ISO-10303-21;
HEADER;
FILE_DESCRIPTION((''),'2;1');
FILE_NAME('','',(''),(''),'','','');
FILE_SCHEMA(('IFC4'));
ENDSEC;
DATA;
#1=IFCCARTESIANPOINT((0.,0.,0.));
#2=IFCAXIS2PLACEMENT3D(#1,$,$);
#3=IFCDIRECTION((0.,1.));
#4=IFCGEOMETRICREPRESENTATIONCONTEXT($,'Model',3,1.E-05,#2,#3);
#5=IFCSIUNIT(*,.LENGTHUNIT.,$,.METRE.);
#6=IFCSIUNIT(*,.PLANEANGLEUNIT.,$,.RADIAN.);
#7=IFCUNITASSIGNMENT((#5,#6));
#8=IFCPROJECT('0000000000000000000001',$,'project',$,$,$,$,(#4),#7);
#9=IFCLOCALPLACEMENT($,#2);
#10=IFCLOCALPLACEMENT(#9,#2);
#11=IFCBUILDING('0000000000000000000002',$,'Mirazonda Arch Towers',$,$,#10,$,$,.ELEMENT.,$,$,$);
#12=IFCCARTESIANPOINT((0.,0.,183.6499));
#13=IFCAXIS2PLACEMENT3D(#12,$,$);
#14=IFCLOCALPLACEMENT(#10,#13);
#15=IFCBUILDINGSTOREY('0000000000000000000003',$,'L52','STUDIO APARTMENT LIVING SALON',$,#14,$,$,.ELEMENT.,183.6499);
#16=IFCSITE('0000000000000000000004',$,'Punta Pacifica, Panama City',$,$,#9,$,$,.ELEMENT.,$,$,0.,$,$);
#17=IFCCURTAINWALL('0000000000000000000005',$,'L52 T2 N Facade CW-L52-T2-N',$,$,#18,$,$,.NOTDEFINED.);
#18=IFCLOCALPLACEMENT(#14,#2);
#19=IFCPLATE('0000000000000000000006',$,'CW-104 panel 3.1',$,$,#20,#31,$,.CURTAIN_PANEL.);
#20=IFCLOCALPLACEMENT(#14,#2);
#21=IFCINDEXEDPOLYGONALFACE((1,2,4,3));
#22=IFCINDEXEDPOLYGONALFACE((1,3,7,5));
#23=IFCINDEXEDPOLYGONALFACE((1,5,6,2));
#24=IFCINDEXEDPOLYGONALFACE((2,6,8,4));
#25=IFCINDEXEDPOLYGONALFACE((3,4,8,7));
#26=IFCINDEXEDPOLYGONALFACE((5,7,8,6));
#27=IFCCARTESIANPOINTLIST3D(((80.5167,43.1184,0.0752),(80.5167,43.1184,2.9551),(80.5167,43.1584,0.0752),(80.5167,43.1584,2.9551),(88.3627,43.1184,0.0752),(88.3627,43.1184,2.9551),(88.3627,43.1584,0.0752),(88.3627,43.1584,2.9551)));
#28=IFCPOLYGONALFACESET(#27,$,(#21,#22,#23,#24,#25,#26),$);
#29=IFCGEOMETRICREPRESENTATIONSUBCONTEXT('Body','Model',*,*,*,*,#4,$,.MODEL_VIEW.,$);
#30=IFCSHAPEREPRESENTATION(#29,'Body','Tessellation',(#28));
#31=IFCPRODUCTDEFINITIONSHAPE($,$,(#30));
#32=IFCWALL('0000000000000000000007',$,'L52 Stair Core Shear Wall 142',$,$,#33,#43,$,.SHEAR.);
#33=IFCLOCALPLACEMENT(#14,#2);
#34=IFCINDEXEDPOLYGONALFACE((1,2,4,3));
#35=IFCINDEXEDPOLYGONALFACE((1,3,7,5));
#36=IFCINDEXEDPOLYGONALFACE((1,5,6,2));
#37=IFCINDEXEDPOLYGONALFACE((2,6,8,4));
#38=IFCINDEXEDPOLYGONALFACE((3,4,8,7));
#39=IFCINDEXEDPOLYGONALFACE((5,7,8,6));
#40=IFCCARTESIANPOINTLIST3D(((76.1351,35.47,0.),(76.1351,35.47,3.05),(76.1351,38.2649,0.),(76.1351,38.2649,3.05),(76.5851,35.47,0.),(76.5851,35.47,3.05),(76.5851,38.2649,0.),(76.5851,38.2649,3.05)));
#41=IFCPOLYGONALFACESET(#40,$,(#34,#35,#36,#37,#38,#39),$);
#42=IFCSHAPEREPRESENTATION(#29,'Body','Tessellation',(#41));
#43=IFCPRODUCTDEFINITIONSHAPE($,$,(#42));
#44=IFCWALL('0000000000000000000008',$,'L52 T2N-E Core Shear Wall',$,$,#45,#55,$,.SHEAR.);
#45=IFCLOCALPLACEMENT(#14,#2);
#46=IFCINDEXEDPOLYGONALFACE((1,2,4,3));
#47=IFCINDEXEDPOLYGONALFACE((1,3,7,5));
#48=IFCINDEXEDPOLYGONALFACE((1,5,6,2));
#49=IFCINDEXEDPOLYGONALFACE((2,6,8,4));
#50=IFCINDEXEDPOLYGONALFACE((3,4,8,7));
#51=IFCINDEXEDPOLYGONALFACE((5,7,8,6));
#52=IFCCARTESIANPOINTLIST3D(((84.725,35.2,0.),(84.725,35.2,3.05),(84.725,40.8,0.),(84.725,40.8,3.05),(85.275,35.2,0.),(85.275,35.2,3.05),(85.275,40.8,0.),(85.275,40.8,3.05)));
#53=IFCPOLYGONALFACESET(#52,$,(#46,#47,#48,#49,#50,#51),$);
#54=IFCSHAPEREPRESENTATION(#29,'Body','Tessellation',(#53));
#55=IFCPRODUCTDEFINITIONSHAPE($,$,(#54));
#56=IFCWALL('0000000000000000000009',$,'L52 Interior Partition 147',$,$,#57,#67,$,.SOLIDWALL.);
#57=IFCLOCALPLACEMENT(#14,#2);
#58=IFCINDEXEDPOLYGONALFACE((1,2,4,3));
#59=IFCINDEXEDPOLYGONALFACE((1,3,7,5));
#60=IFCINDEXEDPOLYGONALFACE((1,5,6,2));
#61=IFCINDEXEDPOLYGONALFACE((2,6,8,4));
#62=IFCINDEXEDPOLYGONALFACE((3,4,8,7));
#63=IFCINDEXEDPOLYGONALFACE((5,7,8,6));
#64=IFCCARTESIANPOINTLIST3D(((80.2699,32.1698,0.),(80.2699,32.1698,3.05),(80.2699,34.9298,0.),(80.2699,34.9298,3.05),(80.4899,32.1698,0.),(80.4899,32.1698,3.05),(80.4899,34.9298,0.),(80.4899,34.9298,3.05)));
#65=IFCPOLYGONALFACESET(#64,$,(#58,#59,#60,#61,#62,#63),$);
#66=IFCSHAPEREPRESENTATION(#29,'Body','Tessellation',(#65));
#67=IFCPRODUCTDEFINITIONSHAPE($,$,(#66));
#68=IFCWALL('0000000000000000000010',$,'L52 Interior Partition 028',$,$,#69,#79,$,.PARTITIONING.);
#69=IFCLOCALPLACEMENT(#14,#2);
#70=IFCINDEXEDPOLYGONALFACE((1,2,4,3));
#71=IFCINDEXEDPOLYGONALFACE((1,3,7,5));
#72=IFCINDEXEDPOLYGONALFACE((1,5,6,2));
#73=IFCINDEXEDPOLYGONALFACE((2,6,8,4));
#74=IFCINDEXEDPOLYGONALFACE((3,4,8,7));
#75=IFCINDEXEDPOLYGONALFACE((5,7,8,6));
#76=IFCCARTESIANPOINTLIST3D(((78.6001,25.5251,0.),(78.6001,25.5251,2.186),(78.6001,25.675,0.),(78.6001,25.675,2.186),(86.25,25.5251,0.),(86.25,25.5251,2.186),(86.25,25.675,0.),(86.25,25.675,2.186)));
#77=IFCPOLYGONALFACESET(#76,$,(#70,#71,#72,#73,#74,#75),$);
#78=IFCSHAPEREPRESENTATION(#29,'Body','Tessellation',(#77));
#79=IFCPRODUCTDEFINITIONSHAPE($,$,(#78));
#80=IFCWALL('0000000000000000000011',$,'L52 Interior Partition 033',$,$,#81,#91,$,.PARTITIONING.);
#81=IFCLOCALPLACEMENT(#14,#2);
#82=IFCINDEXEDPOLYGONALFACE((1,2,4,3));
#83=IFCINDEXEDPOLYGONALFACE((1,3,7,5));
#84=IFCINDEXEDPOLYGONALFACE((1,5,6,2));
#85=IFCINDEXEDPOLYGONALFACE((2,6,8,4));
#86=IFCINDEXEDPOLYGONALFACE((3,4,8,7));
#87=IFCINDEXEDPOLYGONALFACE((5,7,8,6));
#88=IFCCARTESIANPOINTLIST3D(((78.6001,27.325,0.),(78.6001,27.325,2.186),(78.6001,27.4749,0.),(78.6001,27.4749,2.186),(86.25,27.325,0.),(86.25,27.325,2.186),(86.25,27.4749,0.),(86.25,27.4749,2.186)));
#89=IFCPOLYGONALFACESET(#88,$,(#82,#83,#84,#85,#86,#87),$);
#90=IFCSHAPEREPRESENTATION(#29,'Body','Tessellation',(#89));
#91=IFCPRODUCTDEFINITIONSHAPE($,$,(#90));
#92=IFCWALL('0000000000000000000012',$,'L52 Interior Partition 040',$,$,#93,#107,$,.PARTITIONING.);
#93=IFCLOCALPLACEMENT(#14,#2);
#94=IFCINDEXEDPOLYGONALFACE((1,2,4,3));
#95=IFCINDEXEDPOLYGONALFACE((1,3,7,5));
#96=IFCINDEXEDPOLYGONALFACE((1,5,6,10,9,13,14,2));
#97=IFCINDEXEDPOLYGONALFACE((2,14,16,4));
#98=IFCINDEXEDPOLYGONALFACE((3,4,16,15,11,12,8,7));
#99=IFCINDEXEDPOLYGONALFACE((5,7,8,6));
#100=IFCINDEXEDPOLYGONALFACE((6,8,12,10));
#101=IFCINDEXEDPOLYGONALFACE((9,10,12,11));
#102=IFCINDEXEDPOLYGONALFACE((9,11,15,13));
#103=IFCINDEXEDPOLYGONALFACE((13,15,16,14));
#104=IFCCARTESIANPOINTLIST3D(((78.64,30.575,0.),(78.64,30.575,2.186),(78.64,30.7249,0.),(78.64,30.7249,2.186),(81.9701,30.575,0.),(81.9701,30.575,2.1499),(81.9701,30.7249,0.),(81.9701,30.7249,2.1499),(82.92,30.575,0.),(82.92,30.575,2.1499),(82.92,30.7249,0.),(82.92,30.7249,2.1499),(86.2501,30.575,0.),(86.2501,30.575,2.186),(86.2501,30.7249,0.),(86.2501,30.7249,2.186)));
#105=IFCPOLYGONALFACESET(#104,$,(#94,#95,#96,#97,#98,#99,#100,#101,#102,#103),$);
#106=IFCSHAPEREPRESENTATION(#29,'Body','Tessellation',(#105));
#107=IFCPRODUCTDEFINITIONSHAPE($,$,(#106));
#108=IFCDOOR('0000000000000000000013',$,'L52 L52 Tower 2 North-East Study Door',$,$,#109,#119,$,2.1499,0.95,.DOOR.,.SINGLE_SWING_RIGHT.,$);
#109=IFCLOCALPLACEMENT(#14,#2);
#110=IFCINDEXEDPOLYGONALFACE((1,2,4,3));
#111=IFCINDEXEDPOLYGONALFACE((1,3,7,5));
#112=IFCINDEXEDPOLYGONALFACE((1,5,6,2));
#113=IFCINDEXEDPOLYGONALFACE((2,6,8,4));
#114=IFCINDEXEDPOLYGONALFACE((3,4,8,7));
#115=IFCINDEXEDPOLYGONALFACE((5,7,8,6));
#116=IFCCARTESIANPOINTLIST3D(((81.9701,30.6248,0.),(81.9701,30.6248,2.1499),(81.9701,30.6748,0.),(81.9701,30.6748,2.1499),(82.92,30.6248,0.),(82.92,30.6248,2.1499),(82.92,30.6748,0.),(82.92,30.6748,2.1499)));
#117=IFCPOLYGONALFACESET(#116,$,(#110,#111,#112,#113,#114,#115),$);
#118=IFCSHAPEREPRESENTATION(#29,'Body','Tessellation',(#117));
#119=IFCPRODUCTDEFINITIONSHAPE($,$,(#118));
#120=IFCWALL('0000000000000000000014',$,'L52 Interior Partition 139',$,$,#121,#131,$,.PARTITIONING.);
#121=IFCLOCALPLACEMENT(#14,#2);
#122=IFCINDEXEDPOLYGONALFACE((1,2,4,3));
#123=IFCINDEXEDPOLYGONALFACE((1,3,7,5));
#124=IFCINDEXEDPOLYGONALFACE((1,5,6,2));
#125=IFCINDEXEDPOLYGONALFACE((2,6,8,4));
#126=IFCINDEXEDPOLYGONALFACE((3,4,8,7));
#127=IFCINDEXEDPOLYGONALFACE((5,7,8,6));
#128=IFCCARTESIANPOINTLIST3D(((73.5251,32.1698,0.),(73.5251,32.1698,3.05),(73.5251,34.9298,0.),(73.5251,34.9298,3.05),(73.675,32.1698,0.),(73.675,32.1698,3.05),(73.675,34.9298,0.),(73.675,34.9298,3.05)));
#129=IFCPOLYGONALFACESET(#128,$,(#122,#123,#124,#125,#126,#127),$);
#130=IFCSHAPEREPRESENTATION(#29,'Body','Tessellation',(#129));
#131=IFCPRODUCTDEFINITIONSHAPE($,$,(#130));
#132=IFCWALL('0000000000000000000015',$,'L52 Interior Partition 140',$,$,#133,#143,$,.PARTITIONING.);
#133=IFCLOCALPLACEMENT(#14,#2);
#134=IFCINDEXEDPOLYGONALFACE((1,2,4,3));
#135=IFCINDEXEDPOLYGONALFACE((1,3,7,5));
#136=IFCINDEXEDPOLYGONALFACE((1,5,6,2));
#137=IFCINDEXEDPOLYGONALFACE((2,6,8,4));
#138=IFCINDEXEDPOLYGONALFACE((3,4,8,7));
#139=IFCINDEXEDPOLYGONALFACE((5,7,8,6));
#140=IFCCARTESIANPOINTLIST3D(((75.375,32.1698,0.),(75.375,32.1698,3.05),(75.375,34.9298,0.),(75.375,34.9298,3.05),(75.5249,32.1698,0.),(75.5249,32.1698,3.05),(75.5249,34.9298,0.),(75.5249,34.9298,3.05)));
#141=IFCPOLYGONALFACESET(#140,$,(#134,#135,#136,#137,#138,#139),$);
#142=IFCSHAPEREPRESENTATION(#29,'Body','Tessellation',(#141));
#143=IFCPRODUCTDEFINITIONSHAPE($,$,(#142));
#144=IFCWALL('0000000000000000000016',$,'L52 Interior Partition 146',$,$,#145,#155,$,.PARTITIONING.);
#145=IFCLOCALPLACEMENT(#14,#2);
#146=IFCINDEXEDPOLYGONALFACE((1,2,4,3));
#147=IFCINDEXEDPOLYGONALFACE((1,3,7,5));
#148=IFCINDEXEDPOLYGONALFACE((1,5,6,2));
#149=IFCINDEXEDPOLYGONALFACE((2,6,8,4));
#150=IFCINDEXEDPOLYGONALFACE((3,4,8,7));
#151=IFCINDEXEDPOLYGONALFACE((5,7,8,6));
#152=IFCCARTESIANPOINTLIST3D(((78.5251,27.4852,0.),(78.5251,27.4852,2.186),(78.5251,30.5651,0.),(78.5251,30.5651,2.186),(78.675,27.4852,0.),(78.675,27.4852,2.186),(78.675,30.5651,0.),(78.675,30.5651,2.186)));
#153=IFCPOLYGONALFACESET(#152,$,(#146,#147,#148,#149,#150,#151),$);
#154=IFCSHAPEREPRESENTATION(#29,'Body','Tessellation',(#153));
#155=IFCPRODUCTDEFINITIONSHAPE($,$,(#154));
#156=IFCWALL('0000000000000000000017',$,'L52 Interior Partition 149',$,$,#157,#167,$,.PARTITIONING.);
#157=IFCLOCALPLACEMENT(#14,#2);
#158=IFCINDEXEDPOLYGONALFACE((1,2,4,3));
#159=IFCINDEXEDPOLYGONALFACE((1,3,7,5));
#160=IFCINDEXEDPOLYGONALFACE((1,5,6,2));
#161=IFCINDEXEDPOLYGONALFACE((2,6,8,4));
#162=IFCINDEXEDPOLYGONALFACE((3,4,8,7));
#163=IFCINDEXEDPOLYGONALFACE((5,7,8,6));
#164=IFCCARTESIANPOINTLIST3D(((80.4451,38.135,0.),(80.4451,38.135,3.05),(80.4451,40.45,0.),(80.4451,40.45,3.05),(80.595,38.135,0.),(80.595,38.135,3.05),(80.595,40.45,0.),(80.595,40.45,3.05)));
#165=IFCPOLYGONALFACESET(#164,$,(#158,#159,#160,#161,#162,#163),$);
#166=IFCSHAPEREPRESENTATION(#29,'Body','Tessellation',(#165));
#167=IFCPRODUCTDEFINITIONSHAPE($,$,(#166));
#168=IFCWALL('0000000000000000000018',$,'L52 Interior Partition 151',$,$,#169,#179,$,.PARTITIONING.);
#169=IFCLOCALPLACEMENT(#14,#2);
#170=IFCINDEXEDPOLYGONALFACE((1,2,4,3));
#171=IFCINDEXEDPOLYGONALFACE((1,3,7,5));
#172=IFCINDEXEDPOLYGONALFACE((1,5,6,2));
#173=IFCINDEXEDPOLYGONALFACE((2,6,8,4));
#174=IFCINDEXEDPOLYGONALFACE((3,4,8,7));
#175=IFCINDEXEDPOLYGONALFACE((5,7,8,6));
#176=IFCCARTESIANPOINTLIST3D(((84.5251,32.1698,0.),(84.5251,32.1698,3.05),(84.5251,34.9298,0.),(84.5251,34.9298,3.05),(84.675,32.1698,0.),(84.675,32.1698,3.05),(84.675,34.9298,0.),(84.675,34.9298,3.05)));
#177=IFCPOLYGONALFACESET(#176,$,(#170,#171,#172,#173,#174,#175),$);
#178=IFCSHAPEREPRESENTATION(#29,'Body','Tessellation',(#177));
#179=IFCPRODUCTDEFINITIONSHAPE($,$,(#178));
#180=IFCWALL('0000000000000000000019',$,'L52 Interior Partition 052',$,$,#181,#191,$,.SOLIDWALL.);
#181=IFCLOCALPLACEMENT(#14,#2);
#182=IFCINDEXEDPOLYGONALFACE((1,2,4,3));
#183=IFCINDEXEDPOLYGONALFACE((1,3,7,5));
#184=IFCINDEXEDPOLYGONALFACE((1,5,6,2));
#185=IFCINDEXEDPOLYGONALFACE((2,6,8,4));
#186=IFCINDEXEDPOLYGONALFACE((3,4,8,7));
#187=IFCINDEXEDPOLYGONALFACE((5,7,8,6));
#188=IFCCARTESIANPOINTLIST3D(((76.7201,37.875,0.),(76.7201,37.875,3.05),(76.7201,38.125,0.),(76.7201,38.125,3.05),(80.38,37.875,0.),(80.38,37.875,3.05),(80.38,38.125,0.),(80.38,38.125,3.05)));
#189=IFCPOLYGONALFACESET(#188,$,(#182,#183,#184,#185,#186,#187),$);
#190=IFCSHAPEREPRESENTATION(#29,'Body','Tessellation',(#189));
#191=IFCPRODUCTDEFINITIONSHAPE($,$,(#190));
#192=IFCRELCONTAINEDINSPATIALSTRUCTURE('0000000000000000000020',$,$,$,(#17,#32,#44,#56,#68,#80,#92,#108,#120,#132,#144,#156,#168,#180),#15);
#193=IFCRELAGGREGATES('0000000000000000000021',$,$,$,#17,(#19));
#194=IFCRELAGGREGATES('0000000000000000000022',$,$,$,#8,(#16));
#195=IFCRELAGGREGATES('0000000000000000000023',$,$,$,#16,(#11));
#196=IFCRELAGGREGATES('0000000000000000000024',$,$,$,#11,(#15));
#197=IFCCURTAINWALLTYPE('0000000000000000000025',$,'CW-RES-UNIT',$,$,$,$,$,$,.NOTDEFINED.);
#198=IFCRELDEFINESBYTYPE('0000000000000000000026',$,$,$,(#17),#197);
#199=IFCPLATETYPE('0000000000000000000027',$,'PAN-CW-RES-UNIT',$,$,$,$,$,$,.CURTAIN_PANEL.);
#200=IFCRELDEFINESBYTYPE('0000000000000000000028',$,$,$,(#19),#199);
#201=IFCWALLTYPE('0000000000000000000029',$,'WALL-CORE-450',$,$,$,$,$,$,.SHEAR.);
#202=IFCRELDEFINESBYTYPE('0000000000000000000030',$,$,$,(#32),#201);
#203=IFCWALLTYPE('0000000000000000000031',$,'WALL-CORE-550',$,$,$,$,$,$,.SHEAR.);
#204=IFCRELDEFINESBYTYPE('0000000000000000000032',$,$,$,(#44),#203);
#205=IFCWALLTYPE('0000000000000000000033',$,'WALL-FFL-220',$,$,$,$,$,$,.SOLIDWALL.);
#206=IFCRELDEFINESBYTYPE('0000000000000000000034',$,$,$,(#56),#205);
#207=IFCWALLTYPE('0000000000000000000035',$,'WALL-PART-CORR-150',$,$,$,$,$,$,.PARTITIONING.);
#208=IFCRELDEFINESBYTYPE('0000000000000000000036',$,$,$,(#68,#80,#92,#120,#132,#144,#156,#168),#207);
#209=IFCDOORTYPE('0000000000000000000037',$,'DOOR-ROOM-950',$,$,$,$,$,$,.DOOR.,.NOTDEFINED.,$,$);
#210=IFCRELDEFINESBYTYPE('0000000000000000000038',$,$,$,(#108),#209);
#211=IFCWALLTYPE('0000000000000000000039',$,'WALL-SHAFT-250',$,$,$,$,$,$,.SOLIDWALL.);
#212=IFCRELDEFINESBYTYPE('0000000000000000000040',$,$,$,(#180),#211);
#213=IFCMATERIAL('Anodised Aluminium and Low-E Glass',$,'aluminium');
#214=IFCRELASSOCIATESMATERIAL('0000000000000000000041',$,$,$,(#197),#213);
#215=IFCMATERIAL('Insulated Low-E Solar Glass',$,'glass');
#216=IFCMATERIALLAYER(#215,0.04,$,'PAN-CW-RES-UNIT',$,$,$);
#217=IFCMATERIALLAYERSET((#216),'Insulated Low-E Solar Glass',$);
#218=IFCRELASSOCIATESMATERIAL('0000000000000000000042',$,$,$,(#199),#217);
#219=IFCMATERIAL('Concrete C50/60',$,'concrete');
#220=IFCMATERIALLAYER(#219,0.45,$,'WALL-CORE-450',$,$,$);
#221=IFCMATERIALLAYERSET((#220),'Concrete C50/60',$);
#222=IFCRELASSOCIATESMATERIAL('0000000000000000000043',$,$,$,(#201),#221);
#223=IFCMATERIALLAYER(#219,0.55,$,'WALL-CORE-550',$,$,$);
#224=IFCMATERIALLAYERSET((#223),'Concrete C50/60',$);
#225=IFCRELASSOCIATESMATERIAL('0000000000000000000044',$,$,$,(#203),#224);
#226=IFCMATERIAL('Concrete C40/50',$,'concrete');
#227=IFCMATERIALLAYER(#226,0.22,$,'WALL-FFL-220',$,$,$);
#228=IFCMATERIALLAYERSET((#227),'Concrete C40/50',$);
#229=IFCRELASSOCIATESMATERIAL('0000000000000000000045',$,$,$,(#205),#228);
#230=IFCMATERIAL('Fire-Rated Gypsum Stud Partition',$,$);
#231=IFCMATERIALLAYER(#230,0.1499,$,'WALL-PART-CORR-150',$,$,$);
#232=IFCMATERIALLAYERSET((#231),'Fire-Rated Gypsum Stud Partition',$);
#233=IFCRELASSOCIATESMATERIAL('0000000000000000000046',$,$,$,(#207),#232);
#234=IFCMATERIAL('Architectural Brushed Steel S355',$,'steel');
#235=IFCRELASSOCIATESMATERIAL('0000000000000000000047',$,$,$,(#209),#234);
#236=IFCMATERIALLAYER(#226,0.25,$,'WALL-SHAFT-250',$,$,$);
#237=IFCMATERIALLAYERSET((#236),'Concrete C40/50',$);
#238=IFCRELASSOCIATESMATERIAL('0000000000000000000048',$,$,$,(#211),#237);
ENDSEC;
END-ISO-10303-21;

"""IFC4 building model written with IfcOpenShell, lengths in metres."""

from ifc_helpers import new_model, si_unit, direction, frame, frame_2d, origin, origin_2d, place, context, subcontext, project, spatial, rectangle, extrude, material, layer, layer_set, type_object, element, fill, aggregate, save


model = new_model("IFC4")

# Units and contexts
model_context = context("Model", 3, precision=1e-05, world=origin(), true_north=direction((0.0, 1.0)))
body_context = subcontext(model_context, "Body", "Model", "MODEL_VIEW")
ifc_project = project(units=[si_unit("LENGTHUNIT", "METRE"), si_unit("PLANEANGLEUNIT", "RADIAN")], contexts=[model_context])

# Site, building, storey
site_placement = place(None, origin())
site = spatial("IfcSite", under=ifc_project, at=site_placement, Name="Punta Pacifica, Panama City", CompositionType="ELEMENT", RefElevation=0.0)
building_placement = place(site_placement, origin())
building = spatial("IfcBuilding", under=site, at=building_placement, Name="Mirazonda Arch Towers", CompositionType="ELEMENT")
storey_placement = place(building_placement, frame((0.0, 0.0, 183.6499)))
storey = spatial("IfcBuildingStorey", under=building, at=storey_placement, Name="L52", Description="STUDIO APARTMENT LIVING SALON", CompositionType="ELEMENT", Elevation=183.6499)

# Shared definitions
ifc_material_1 = material(Name="Concrete C50/60", Category="concrete")

# Curtain wall, plate
ifc_material_2 = material(Name="Anodised Aluminium and Low-E Glass", Category="aluminium")
curtain_wall_type = type_object("IfcCurtainWallType", Name="CW-RES-UNIT", PredefinedType="NOTDEFINED", material=ifc_material_2)
curtain_wall_placement = place(storey_placement, origin())
curtain_wall = element("IfcCurtainWall", 1, at=curtain_wall_placement, inside=storey, type_object=curtain_wall_type, Name="L52 T2 N Facade CW-L52-T2-N", PredefinedType="NOTDEFINED")
ifc_material_3 = material(Name="Insulated Low-E Solar Glass", Category="glass")
ifc_layer_1 = layer(ifc_material_3, 0.04, Name="PAN-CW-RES-UNIT")
ifc_layer_set_1 = layer_set([ifc_layer_1], Name="Insulated Low-E Solar Glass")
plate_type = type_object("IfcPlateType", Name="PAN-CW-RES-UNIT", PredefinedType="CURTAIN_PANEL", material=ifc_layer_set_1)
plate_1_placement = place(storey_placement, frame((84.4397, 43.1384, 0.0752), z_axis=(0.0, 0.0, 1.0), x_axis=(1.0, 0.0, 0.0)))
plate_1 = element("IfcPlate", 2, at=plate_1_placement, type_object=plate_type, Name="CW-104 panel 3.1", PredefinedType="CURTAIN_PANEL", context=body_context, shape_type="SweptSolid", body=[
    extrude(rectangle(XDim=7.8459, YDim=0.04, at=origin_2d()), origin(), (0.0, 0.0, 1.0), 2.8799),
])
aggregate(curtain_wall, [plate_1])

# Walls
ifc_layer_2 = layer(ifc_material_1, 0.45, Name="WALL-CORE-450")
ifc_layer_set_2 = layer_set([ifc_layer_2], Name="Concrete C50/60")
wall_type_1 = type_object("IfcWallType", Name="WALL-CORE-450", PredefinedType="SHEAR", material=ifc_layer_set_2)
wall_1_placement = place(storey_placement, frame((76.3601, 35.47, 0.0), z_axis=(0.0, 0.0, 1.0), x_axis=(0.0, 1.0, 0.0)))
element("IfcWall", 3, at=wall_1_placement, inside=storey, type_object=wall_type_1, Name="L52 Stair Core Shear Wall 142", PredefinedType="SHEAR", context=body_context, shape_type="SweptSolid", body=[
    extrude(rectangle(XDim=2.7949, YDim=0.45, at=frame_2d((1.3975, 0.0))), origin(), (0.0, 0.0, 1.0), 3.05),
])
ifc_layer_3 = layer(ifc_material_1, 0.55, Name="WALL-CORE-550")
ifc_layer_set_3 = layer_set([ifc_layer_3], Name="Concrete C50/60")
wall_type_2 = type_object("IfcWallType", Name="WALL-CORE-550", PredefinedType="SHEAR", material=ifc_layer_set_3)
wall_2_placement = place(storey_placement, frame((85.0, 35.2, 0.0), z_axis=(0.0, 0.0, 1.0), x_axis=(0.0, 1.0, 0.0)))
element("IfcWall", 4, at=wall_2_placement, inside=storey, type_object=wall_type_2, Name="L52 T2N-E Core Shear Wall", PredefinedType="SHEAR", context=body_context, shape_type="SweptSolid", body=[
    extrude(rectangle(XDim=5.6001, YDim=0.55, at=frame_2d((2.8, 0.0))), origin(), (0.0, 0.0, 1.0), 3.05),
])
ifc_material_4 = material(Name="Concrete C40/50", Category="concrete")
ifc_layer_4 = layer(ifc_material_4, 0.22, Name="WALL-FFL-220")
ifc_layer_set_4 = layer_set([ifc_layer_4], Name="Concrete C40/50")
wall_type_3 = type_object("IfcWallType", Name="WALL-FFL-220", PredefinedType="SOLIDWALL", material=ifc_layer_set_4)
wall_3_placement = place(storey_placement, frame((80.3799, 32.1699, 0.0), z_axis=(0.0, 0.0, 1.0), x_axis=(0.0, 1.0, 0.0)))
element("IfcWall", 5, at=wall_3_placement, inside=storey, type_object=wall_type_3, Name="L52 Interior Partition 147", PredefinedType="SOLIDWALL", context=body_context, shape_type="SweptSolid", body=[
    extrude(rectangle(XDim=2.76, YDim=0.22, at=frame_2d((1.3799, 0.0))), origin(), (0.0, 0.0, 1.0), 3.05),
])
ifc_material_5 = material(Name="Fire-Rated Gypsum Stud Partition")
ifc_layer_5 = layer(ifc_material_5, 0.1499, Name="WALL-PART-CORR-150")
ifc_layer_set_5 = layer_set([ifc_layer_5], Name="Fire-Rated Gypsum Stud Partition")
wall_type_4 = type_object("IfcWallType", Name="WALL-PART-CORR-150", PredefinedType="PARTITIONING", material=ifc_layer_set_5)
for number, where, z_axis, x_axis, name in (
    (6, (78.6001, 25.6001, 0.0), (0.0, 0.0, 1.0), (1.0, 0.0, 0.0), "L52 Interior Partition 028"),
    (7, (78.6001, 27.3999, 0.0), (0.0, 0.0, 1.0), (1.0, 0.0, 0.0), "L52 Interior Partition 033"),
):
    element("IfcWall", number, at=place(storey_placement, frame(where, z_axis=z_axis, x_axis=x_axis)), inside=storey, type_object=wall_type_4, Name=name, PredefinedType="PARTITIONING", context=body_context, shape_type="SweptSolid", body=[
        extrude(rectangle(XDim=7.6499, YDim=0.1499, at=frame_2d((3.825, 0.0))), origin(), (0.0, 0.0, 1.0), 2.186),
    ])

# Wall, opening, door
wall_4_placement = place(storey_placement, frame((78.6399, 30.6499, 0.0), z_axis=(0.0, 0.0, 1.0), x_axis=(1.0, 0.0, 0.0)))
wall_4 = element("IfcWall", 8, at=wall_4_placement, inside=storey, type_object=wall_type_4, Name="L52 Interior Partition 040", PredefinedType="PARTITIONING", context=body_context, shape_type="SweptSolid", body=[
    extrude(rectangle(XDim=7.6101, YDim=0.1499, at=frame_2d((3.8052, 0.0))), origin(), (0.0, 0.0, 1.0), 2.186),
])
opening_placement = place(wall_4_placement, frame((3.3301, 0.0, 0.0)))
opening = element("IfcOpeningElement", 9, at=opening_placement, cuts=wall_4, PredefinedType="OPENING", context=body_context, shape_type="SweptSolid", body=[
    extrude(rectangle(XDim=0.95, YDim=2.1499, at=frame_2d((0.4751, 1.075))), frame((0.0, 0.085, 0.0), z_axis=(0.0, -1.0, 0.0), x_axis=(1.0, 0.0, 0.0)), (0.0, 0.0, 1.0), 0.1699),
])
ifc_material_6 = material(Name="Architectural Brushed Steel S355", Category="steel")
door_type = type_object("IfcDoorType", Name="DOOR-ROOM-950", OperationType="NOTDEFINED", PredefinedType="DOOR", material=ifc_material_6)
door_placement = place(opening_placement, origin())
door = element("IfcDoor", 10, at=door_placement, inside=storey, type_object=door_type, Name="L52 L52 Tower 2 North-East Study Door", OperationType="SINGLE_SWING_RIGHT", OverallHeight=2.1499, OverallWidth=0.95, PredefinedType="DOOR", context=body_context, shape_type="SweptSolid", body=[
    extrude(rectangle(XDim=0.95, YDim=2.1499, at=frame_2d((0.4751, 1.075))), frame((0.0, 0.0249, 0.0), z_axis=(0.0, -1.0, 0.0), x_axis=(1.0, 0.0, 0.0)), (0.0, 0.0, 1.0), 0.05),
])
fill(opening, door)

# Walls
for number, where, z_axis, x_axis, name in (
    (11, (73.6001, 32.1699, 0.0), (0.0, 0.0, 1.0), (0.0, 1.0, 0.0), "L52 Interior Partition 139"),
    (12, (75.45, 32.1699, 0.0), (0.0, 0.0, 1.0), (0.0, 1.0, 0.0), "L52 Interior Partition 140"),
):
    element("IfcWall", number, at=place(storey_placement, frame(where, z_axis=z_axis, x_axis=x_axis)), inside=storey, type_object=wall_type_4, Name=name, PredefinedType="PARTITIONING", context=body_context, shape_type="SweptSolid", body=[
        extrude(rectangle(XDim=2.76, YDim=0.1499, at=frame_2d((1.3799, 0.0))), origin(), (0.0, 0.0, 1.0), 3.05),
    ])
wall_5_placement = place(storey_placement, frame((78.6001, 27.4851, 0.0), z_axis=(0.0, 0.0, 1.0), x_axis=(0.0, 1.0, 0.0)))
element("IfcWall", 13, at=wall_5_placement, inside=storey, type_object=wall_type_4, Name="L52 Interior Partition 146", PredefinedType="PARTITIONING", context=body_context, shape_type="SweptSolid", body=[
    extrude(rectangle(XDim=3.0798, YDim=0.1499, at=frame_2d((1.54, 0.0))), origin(), (0.0, 0.0, 1.0), 2.186),
])
wall_6_placement = place(storey_placement, frame((80.52, 38.135, 0.0), z_axis=(0.0, 0.0, 1.0), x_axis=(0.0, 1.0, 0.0)))
element("IfcWall", 14, at=wall_6_placement, inside=storey, type_object=wall_type_4, Name="L52 Interior Partition 149", PredefinedType="PARTITIONING", context=body_context, shape_type="SweptSolid", body=[
    extrude(rectangle(XDim=2.3149, YDim=0.1499, at=frame_2d((1.1575, 0.0))), origin(), (0.0, 0.0, 1.0), 3.05),
])
wall_7_placement = place(storey_placement, frame((84.6001, 32.1699, 0.0), z_axis=(0.0, 0.0, 1.0), x_axis=(0.0, 1.0, 0.0)))
element("IfcWall", 15, at=wall_7_placement, inside=storey, type_object=wall_type_4, Name="L52 Interior Partition 151", PredefinedType="PARTITIONING", context=body_context, shape_type="SweptSolid", body=[
    extrude(rectangle(XDim=2.76, YDim=0.1499, at=frame_2d((1.3799, 0.0))), origin(), (0.0, 0.0, 1.0), 3.05),
])
ifc_layer_6 = layer(ifc_material_4, 0.25, Name="WALL-SHAFT-250")
ifc_layer_set_6 = layer_set([ifc_layer_6], Name="Concrete C40/50")
wall_type_5 = type_object("IfcWallType", Name="WALL-SHAFT-250", PredefinedType="SOLIDWALL", material=ifc_layer_set_6)
wall_8_placement = place(storey_placement, frame((76.72, 38.0, 0.0), z_axis=(0.0, 0.0, 1.0), x_axis=(1.0, 0.0, 0.0)))
element("IfcWall", 16, at=wall_8_placement, inside=storey, type_object=wall_type_5, Name="L52 Interior Partition 052", PredefinedType="SOLIDWALL", context=body_context, shape_type="SweptSolid", body=[
    extrude(rectangle(XDim=3.6599, YDim=0.25, at=frame_2d((1.8301, 0.0))), origin(), (0.0, 0.0, 1.0), 3.05),
])

save(model, "model.ifc")
